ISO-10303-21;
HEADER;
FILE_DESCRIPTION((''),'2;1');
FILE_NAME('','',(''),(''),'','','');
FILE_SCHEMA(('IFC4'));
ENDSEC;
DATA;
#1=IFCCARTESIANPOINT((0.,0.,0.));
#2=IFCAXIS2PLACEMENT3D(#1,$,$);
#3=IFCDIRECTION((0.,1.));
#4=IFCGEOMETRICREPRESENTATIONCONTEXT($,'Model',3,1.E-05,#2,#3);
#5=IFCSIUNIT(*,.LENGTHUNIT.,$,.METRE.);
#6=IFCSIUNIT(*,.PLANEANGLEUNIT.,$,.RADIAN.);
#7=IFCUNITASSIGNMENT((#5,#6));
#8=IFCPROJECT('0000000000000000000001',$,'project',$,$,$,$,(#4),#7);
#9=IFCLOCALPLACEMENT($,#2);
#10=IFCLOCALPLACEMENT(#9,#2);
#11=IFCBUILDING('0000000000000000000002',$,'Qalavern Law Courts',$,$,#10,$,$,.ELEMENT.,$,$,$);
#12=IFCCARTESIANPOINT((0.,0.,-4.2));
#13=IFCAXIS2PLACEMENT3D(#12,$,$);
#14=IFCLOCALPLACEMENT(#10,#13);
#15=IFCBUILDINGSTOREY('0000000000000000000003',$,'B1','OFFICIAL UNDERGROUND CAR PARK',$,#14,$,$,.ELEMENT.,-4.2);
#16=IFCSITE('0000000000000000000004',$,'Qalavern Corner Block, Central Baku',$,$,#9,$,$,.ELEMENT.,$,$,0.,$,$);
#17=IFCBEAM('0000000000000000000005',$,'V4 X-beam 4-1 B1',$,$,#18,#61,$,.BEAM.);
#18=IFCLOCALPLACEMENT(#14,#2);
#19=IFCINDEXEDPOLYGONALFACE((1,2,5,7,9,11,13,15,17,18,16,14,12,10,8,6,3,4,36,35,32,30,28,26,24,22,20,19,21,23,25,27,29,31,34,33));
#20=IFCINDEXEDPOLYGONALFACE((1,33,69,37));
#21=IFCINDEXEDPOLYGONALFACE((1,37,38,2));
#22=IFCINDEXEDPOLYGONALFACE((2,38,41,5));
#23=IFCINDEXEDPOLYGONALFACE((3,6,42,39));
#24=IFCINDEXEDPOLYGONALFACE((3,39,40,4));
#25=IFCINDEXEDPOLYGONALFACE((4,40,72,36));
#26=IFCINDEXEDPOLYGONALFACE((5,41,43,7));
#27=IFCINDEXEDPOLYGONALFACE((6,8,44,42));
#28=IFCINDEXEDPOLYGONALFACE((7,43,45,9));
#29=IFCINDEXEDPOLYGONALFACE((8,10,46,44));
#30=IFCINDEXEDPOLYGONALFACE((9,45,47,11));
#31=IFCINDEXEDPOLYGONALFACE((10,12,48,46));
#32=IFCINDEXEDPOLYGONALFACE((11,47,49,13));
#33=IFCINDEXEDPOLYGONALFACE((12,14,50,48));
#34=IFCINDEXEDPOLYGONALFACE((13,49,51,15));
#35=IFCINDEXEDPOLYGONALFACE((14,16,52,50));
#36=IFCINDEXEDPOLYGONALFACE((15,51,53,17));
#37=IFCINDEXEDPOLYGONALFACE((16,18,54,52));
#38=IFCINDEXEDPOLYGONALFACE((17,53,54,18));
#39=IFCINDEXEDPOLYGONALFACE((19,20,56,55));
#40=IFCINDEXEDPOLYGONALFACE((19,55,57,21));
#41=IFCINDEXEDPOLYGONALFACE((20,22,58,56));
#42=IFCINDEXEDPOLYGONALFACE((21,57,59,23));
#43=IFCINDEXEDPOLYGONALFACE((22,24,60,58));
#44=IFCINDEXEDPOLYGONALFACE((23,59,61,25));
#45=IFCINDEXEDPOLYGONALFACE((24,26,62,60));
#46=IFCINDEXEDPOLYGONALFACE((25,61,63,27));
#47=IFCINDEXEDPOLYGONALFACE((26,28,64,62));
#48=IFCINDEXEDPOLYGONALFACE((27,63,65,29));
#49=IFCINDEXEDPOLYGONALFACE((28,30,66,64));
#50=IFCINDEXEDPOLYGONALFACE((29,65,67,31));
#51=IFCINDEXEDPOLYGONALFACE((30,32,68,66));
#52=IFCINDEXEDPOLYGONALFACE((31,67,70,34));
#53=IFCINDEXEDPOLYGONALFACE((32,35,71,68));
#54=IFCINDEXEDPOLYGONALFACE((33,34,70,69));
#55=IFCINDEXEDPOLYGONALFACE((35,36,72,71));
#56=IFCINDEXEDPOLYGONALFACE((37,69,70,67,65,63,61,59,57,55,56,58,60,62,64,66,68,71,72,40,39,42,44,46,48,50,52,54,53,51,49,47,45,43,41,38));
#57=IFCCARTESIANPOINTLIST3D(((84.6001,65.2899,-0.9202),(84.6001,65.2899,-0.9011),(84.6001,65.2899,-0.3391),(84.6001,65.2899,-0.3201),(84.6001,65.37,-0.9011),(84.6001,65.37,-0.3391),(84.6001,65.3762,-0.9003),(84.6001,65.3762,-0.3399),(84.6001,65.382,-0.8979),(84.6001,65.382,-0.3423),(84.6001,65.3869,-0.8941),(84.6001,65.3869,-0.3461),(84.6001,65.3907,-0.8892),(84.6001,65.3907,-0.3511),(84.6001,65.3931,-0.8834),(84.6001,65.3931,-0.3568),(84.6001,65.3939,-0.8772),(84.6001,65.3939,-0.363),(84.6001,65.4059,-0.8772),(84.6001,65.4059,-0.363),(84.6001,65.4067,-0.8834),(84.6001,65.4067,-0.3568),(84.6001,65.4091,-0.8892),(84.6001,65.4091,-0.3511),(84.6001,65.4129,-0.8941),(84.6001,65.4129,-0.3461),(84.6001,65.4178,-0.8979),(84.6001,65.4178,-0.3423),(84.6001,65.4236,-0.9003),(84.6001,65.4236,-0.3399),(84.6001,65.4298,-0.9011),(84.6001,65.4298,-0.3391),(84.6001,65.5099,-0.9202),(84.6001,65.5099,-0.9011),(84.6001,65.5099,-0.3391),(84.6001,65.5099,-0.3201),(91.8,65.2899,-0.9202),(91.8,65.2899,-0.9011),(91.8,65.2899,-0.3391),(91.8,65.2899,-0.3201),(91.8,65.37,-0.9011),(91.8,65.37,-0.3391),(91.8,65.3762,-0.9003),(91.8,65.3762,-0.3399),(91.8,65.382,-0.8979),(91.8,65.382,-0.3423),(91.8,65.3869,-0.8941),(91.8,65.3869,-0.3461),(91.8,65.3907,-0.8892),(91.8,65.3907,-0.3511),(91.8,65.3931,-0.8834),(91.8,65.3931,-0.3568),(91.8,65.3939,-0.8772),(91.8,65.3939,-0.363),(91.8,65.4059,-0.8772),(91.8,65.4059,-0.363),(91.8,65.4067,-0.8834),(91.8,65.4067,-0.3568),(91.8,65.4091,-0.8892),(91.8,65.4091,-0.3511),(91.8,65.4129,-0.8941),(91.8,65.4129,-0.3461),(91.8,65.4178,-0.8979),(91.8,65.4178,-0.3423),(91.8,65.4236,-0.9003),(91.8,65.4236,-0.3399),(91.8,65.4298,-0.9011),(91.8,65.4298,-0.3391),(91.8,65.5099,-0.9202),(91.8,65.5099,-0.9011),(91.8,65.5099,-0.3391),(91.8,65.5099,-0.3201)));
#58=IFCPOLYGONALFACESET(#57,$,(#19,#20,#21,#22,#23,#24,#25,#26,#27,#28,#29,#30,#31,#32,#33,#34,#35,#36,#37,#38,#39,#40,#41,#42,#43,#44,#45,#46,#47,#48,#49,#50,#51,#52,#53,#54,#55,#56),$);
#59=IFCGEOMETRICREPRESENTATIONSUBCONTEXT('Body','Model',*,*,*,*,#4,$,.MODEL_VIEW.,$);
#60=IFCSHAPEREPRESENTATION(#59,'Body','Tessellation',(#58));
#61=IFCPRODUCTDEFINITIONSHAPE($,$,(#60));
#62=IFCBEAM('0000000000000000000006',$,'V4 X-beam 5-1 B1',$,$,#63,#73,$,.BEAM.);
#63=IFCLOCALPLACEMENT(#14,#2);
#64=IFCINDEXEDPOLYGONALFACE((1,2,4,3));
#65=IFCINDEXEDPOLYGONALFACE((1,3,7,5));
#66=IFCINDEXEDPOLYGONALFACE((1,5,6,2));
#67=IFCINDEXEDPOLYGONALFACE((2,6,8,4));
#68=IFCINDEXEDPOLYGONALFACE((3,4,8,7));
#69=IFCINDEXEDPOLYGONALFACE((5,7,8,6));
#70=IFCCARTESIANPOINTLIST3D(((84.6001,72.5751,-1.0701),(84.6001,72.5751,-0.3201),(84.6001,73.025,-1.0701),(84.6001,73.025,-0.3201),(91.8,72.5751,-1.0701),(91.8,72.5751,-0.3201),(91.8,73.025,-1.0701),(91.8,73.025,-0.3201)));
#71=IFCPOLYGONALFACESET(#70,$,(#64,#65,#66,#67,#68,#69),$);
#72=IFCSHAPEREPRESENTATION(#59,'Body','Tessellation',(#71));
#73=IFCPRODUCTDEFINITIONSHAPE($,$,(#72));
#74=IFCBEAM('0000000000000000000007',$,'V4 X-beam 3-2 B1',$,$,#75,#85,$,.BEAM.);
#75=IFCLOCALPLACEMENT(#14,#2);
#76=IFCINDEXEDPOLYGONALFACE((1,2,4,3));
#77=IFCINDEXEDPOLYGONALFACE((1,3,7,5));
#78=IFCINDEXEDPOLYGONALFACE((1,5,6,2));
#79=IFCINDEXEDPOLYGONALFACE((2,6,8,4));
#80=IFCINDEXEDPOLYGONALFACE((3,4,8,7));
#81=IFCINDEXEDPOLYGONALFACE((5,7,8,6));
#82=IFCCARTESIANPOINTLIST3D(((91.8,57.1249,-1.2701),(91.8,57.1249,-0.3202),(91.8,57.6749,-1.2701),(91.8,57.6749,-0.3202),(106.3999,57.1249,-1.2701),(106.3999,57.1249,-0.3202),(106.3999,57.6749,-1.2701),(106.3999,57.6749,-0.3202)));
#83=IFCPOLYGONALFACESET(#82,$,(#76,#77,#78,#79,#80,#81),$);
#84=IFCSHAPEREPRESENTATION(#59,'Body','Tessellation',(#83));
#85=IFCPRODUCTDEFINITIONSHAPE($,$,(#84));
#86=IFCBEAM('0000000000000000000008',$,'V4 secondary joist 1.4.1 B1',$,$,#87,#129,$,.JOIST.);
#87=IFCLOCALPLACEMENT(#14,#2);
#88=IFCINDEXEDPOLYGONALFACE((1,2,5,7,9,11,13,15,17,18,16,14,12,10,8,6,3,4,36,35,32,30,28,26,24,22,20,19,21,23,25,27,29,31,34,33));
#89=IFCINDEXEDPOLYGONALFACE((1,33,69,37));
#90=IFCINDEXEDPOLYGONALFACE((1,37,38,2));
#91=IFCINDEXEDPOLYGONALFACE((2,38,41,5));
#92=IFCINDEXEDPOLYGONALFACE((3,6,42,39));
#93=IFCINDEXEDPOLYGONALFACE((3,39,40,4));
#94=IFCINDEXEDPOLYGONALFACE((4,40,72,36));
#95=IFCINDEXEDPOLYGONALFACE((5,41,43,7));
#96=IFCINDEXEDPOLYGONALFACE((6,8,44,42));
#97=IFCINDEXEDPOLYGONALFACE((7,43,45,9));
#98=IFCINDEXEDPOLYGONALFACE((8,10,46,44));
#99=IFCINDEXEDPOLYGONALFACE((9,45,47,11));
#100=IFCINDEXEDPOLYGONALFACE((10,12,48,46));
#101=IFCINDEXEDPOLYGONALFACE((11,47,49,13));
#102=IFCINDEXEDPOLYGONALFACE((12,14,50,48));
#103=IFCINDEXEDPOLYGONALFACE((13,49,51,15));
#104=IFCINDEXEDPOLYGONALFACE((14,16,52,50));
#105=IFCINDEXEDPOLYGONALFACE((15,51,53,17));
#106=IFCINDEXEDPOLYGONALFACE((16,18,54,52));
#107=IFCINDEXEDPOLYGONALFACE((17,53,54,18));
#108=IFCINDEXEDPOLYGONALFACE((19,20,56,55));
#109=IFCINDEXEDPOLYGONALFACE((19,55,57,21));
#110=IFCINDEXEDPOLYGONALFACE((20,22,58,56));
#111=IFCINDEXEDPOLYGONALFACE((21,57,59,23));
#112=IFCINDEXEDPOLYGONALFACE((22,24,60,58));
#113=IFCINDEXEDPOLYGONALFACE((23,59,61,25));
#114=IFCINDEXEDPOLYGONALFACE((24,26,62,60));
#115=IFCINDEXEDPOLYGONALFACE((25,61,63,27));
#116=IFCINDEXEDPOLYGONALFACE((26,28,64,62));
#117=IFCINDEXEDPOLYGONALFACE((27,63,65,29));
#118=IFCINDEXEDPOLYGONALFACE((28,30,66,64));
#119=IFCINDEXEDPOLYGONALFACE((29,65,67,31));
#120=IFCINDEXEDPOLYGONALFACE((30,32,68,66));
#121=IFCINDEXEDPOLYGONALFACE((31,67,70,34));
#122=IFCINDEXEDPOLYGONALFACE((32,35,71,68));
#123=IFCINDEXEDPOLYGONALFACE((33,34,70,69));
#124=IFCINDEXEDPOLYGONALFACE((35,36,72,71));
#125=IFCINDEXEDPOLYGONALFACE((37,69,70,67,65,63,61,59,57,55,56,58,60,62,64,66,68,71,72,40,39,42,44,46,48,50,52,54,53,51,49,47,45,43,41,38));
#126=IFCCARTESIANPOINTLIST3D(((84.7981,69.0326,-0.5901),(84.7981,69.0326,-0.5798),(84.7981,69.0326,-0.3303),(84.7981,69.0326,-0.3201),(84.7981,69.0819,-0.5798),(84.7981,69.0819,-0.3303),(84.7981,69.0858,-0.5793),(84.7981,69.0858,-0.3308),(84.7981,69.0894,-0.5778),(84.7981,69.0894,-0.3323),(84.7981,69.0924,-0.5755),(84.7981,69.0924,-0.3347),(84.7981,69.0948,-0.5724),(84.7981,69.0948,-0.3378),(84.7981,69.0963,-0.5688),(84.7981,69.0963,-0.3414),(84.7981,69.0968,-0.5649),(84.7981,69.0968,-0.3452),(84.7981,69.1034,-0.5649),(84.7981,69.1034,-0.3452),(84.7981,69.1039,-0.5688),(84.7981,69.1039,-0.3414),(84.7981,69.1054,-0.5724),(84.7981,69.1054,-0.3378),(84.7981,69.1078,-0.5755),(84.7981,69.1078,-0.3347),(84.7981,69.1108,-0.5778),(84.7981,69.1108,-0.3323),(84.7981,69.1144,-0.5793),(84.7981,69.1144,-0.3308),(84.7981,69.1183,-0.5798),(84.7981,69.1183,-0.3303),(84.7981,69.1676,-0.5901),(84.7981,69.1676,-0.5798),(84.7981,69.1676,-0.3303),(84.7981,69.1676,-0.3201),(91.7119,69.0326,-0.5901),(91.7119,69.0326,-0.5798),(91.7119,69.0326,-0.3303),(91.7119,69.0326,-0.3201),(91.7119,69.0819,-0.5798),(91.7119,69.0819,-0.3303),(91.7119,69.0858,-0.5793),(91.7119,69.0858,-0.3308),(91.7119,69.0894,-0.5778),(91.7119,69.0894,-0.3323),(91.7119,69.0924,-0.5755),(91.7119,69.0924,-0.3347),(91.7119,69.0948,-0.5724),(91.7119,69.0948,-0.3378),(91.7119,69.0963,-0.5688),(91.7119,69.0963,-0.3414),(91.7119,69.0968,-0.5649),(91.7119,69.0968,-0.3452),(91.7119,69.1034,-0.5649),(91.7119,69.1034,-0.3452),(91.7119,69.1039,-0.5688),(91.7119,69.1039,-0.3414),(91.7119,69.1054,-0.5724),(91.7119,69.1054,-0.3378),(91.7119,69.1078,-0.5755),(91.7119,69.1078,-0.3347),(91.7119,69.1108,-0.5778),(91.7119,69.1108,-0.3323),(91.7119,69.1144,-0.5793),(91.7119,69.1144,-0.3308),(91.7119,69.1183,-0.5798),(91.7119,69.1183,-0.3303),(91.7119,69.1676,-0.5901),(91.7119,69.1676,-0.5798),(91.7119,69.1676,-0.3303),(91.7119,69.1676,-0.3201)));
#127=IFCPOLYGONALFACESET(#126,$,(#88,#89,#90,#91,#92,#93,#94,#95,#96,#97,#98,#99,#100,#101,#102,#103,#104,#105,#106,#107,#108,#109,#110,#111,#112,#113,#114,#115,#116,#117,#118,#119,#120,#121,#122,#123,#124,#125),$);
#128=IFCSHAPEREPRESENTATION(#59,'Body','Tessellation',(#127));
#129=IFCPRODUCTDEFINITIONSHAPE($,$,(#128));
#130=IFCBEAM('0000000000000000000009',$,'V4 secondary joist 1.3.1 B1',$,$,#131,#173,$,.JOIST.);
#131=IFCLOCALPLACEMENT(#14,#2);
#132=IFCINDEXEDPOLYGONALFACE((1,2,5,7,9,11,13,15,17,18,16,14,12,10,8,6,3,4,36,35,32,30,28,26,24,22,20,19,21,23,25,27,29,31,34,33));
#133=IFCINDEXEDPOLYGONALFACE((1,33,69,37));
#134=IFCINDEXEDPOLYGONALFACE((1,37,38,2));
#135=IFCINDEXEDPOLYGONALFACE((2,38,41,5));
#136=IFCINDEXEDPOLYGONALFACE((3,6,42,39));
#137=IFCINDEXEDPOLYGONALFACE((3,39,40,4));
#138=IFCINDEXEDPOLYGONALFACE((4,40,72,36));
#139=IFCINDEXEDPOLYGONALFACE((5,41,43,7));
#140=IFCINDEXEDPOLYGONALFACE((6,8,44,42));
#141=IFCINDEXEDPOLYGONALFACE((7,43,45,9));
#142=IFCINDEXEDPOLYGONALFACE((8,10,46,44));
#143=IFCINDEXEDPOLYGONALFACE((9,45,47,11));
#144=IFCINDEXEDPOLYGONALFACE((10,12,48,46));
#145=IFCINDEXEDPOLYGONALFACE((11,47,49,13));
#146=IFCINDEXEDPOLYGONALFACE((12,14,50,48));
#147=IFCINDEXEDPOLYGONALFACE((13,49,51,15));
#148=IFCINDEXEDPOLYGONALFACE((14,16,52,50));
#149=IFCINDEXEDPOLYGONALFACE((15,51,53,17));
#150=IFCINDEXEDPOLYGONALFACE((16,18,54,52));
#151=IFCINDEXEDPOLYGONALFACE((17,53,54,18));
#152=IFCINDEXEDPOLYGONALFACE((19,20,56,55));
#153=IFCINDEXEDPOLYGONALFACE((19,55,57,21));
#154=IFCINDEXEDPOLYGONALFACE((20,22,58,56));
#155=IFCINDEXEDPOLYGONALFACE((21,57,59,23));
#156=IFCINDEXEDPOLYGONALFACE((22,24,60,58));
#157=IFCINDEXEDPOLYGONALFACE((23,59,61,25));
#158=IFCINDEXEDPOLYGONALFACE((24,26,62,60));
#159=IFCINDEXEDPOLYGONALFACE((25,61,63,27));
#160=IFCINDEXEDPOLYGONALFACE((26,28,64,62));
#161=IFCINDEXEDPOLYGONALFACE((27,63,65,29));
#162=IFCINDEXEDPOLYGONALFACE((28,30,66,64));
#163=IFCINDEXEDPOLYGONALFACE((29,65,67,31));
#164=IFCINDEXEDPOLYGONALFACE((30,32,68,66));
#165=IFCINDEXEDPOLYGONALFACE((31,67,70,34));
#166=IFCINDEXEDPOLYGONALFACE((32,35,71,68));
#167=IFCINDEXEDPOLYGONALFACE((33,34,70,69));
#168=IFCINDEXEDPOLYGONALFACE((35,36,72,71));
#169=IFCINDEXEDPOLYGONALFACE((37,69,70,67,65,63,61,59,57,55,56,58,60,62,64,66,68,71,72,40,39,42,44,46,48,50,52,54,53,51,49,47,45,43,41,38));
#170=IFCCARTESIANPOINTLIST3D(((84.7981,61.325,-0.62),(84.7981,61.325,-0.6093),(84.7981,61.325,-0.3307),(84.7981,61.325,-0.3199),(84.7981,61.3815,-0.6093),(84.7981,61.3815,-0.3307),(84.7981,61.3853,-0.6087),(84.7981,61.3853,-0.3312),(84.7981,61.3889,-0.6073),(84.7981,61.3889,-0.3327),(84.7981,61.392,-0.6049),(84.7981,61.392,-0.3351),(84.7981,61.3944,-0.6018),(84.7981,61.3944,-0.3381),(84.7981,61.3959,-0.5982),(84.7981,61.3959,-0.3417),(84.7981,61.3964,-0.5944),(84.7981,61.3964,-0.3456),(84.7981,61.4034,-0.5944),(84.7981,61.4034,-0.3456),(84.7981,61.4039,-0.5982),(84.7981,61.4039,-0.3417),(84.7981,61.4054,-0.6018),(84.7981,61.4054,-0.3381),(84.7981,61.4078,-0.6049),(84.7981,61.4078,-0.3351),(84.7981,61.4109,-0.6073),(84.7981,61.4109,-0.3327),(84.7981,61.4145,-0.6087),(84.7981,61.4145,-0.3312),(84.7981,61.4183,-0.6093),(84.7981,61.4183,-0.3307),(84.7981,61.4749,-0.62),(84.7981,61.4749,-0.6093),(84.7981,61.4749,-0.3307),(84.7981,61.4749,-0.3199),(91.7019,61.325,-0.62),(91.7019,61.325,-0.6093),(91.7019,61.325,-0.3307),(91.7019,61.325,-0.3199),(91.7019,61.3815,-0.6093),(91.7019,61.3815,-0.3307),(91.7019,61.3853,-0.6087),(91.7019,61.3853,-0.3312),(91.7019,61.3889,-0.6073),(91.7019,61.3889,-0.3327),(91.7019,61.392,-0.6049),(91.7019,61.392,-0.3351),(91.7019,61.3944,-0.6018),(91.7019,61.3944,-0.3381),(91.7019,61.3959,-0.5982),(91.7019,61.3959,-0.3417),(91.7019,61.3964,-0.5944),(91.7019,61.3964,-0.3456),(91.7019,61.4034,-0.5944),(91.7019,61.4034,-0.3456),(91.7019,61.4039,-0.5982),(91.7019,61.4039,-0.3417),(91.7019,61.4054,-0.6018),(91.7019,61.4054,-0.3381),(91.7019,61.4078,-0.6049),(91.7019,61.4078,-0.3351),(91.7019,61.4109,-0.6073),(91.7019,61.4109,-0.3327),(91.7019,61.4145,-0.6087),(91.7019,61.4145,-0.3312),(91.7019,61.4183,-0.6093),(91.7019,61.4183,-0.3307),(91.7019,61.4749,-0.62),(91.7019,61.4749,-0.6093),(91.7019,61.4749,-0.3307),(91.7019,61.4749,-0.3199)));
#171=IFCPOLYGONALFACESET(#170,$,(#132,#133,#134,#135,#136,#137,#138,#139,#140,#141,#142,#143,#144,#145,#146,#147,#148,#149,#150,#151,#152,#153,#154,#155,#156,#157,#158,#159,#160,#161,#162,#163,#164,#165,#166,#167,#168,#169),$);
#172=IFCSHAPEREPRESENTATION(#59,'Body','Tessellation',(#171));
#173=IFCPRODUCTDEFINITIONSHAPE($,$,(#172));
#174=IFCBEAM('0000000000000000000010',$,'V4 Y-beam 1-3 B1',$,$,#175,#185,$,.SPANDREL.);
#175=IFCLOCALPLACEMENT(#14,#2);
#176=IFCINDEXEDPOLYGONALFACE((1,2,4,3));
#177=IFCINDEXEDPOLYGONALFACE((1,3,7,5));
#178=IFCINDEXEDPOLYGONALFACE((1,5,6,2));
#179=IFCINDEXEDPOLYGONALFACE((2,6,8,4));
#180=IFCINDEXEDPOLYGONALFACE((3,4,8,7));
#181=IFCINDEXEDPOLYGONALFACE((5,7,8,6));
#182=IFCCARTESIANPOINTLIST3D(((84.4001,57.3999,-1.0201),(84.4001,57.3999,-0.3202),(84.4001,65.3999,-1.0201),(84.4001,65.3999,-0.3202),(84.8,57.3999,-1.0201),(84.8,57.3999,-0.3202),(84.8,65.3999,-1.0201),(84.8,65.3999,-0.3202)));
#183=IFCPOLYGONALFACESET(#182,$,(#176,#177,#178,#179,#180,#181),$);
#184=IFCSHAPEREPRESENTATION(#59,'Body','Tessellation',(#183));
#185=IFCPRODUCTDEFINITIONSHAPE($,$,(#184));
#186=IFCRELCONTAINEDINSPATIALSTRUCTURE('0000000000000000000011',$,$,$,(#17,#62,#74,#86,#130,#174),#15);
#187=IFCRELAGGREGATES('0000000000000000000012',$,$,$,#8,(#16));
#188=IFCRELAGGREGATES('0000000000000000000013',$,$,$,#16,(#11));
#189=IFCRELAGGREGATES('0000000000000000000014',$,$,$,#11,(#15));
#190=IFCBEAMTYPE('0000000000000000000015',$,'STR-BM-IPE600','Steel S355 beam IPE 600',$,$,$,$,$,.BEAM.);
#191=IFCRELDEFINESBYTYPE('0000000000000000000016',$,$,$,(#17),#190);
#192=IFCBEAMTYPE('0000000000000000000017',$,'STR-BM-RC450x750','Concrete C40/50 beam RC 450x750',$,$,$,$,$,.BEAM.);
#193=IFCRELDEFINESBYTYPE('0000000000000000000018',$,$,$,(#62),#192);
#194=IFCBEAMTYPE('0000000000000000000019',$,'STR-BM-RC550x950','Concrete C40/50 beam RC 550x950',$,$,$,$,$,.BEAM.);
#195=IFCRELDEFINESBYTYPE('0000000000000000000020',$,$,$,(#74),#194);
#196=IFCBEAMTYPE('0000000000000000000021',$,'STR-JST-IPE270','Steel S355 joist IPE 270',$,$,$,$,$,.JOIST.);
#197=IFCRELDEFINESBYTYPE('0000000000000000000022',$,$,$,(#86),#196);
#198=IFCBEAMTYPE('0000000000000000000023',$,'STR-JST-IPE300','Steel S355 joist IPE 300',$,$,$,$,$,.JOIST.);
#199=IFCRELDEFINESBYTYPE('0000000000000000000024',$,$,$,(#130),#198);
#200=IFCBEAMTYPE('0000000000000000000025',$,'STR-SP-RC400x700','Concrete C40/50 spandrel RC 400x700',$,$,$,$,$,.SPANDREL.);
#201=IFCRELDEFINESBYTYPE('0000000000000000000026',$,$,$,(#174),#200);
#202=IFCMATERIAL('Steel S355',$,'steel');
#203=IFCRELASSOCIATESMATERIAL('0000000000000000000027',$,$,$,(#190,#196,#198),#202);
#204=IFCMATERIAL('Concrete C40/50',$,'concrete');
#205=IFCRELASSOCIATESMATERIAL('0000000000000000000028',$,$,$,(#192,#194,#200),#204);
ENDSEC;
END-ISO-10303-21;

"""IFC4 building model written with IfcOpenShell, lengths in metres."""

from ifc_helpers import new_model, si_unit, direction, frame, origin, origin_2d, place, context, subcontext, project, spatial, rectangle, i_section, extrude, material, material_profile, profile_set, type_object, element, save


model = new_model("IFC4")

# Units and contexts
model_context = context("Model", 3, precision=1e-05, world=origin(), true_north=direction((0.0, 1.0)))
body_context = subcontext(model_context, "Body", "Model", "MODEL_VIEW")
ifc_project = project(units=[si_unit("LENGTHUNIT", "METRE"), si_unit("PLANEANGLEUNIT", "RADIAN")], contexts=[model_context])

# Site, building, storey
site_placement = place(None, origin())
site = spatial("IfcSite", under=ifc_project, at=site_placement, Name="Qalavern Corner Block, Central Baku", CompositionType="ELEMENT", RefElevation=0.0)
building_placement = place(site_placement, origin())
building = spatial("IfcBuilding", under=site, at=building_placement, Name="Qalavern Law Courts", CompositionType="ELEMENT")
storey_placement = place(building_placement, frame((0.0, 0.0, -4.2)))
storey = spatial("IfcBuildingStorey", under=building, at=storey_placement, Name="B1", Description="OFFICIAL UNDERGROUND CAR PARK", CompositionType="ELEMENT", Elevation=-4.2)

# Beams
ifc_material_1 = material(Name="Steel S355", Category="steel")
ifc_material_profile_1 = material_profile(ifc_material_1, i_section(OverallWidth=0.22, OverallDepth=0.6001, WebThickness=0.012, FlangeThickness=0.019, FilletRadius=0.0239, at=origin_2d()), Name="IPE 600")
ifc_profile_set_1 = profile_set([ifc_material_profile_1], Name="Steel S355")
beam_type_1 = type_object("IfcBeamType", Name="STR-BM-IPE600", Description="Steel S355 beam IPE 600", PredefinedType="BEAM", material=ifc_profile_set_1)
beam_1_placement = place(storey_placement, frame((84.6001, 65.3999, -0.6201), z_axis=(1.0, 0.0, 0.0), x_axis=(0.0, 1.0, 0.0)))
element("IfcBeam", 1, at=beam_1_placement, inside=storey, type_object=beam_type_1, Name="V4 X-beam 4-1 B1", PredefinedType="BEAM", context=body_context, shape_type="SweptSolid", body=[
    extrude(i_section(OverallWidth=0.22, OverallDepth=0.6001, WebThickness=0.012, FlangeThickness=0.019, FilletRadius=0.0239, at=origin_2d()), origin(), (0.0, 0.0, 1.0), 7.2),
])
ifc_material_2 = material(Name="Concrete C40/50", Category="concrete")
ifc_material_profile_2 = material_profile(ifc_material_2, rectangle(XDim=0.45, YDim=0.75, at=origin_2d()), Name="RC 450x750")
ifc_profile_set_2 = profile_set([ifc_material_profile_2], Name="Concrete C40/50")
beam_type_2 = type_object("IfcBeamType", Name="STR-BM-RC450x750", Description="Concrete C40/50 beam RC 450x750", PredefinedType="BEAM", material=ifc_profile_set_2)
beam_2_placement = place(storey_placement, frame((84.6001, 72.8, -0.6951), z_axis=(1.0, 0.0, 0.0), x_axis=(0.0, 1.0, 0.0)))
element("IfcBeam", 2, at=beam_2_placement, inside=storey, type_object=beam_type_2, Name="V4 X-beam 5-1 B1", PredefinedType="BEAM", context=body_context, shape_type="SweptSolid", body=[
    extrude(rectangle(XDim=0.45, YDim=0.75, at=origin_2d()), origin(), (0.0, 0.0, 1.0), 7.2),
])
ifc_material_profile_3 = material_profile(ifc_material_2, rectangle(XDim=0.55, YDim=0.95, at=origin_2d()), Name="RC 550x950")
ifc_profile_set_3 = profile_set([ifc_material_profile_3], Name="Concrete C40/50")
beam_type_3 = type_object("IfcBeamType", Name="STR-BM-RC550x950", Description="Concrete C40/50 beam RC 550x950", PredefinedType="BEAM", material=ifc_profile_set_3)
beam_3_placement = place(storey_placement, frame((91.8, 57.3999, -0.7952), z_axis=(1.0, 0.0, 0.0), x_axis=(0.0, 1.0, 0.0)))
element("IfcBeam", 3, at=beam_3_placement, inside=storey, type_object=beam_type_3, Name="V4 X-beam 3-2 B1", PredefinedType="BEAM", context=body_context, shape_type="SweptSolid", body=[
    extrude(rectangle(XDim=0.55, YDim=0.95, at=origin_2d()), origin(), (0.0, 0.0, 1.0), 14.5999),
])
ifc_material_profile_4 = material_profile(ifc_material_1, i_section(OverallWidth=0.135, OverallDepth=0.27, WebThickness=0.0066, FlangeThickness=0.0103, FilletRadius=0.0149, at=origin_2d()), Name="IPE 270")
ifc_profile_set_4 = profile_set([ifc_material_profile_4], Name="Steel S355")
beam_type_4 = type_object("IfcBeamType", Name="STR-JST-IPE270", Description="Steel S355 joist IPE 270", PredefinedType="JOIST", material=ifc_profile_set_4)
beam_4_placement = place(storey_placement, frame((84.7981, 69.1001, -0.4551), z_axis=(1.0, 0.0, 0.0), x_axis=(0.0, 1.0, 0.0)))
element("IfcBeam", 4, at=beam_4_placement, inside=storey, type_object=beam_type_4, Name="V4 secondary joist 1.4.1 B1", PredefinedType="JOIST", context=body_context, shape_type="SweptSolid", body=[
    extrude(i_section(OverallWidth=0.135, OverallDepth=0.27, WebThickness=0.0066, FlangeThickness=0.0103, FilletRadius=0.0149, at=origin_2d()), origin(), (0.0, 0.0, 1.0), 6.9138),
])
ifc_material_profile_5 = material_profile(ifc_material_1, i_section(OverallWidth=0.1499, OverallDepth=0.3, WebThickness=0.0071, FlangeThickness=0.0107, FilletRadius=0.0149, at=origin_2d()), Name="IPE 300")
ifc_profile_set_5 = profile_set([ifc_material_profile_5], Name="Steel S355")
beam_type_5 = type_object("IfcBeamType", Name="STR-JST-IPE300", Description="Steel S355 joist IPE 300", PredefinedType="JOIST", material=ifc_profile_set_5)
beam_5_placement = place(storey_placement, frame((84.7981, 61.3999, -0.47), z_axis=(1.0, 0.0, 0.0), x_axis=(0.0, 1.0, 0.0)))
element("IfcBeam", 5, at=beam_5_placement, inside=storey, type_object=beam_type_5, Name="V4 secondary joist 1.3.1 B1", PredefinedType="JOIST", context=body_context, shape_type="SweptSolid", body=[
    extrude(i_section(OverallWidth=0.1499, OverallDepth=0.3, WebThickness=0.0071, FlangeThickness=0.0107, FilletRadius=0.0149, at=origin_2d()), origin(), (0.0, 0.0, 1.0), 6.9038),
])
ifc_material_profile_6 = material_profile(ifc_material_2, rectangle(XDim=0.3999, YDim=0.7, at=origin_2d()), Name="RC 400x700")
ifc_profile_set_6 = profile_set([ifc_material_profile_6], Name="Concrete C40/50")
beam_type_6 = type_object("IfcBeamType", Name="STR-SP-RC400x700", Description="Concrete C40/50 spandrel RC 400x700", PredefinedType="SPANDREL", material=ifc_profile_set_6)
beam_6_placement = place(storey_placement, frame((84.6001, 57.3999, -0.6702), z_axis=(0.0, 1.0, 0.0), x_axis=(-1.0, 0.0, 0.0)))
element("IfcBeam", 6, at=beam_6_placement, inside=storey, type_object=beam_type_6, Name="V4 Y-beam 1-3 B1", PredefinedType="SPANDREL", context=body_context, shape_type="SweptSolid", body=[
    extrude(rectangle(XDim=0.3999, YDim=0.7, at=origin_2d()), origin(), (0.0, 0.0, 1.0), 8.0),
])

save(model, "model.ifc")
